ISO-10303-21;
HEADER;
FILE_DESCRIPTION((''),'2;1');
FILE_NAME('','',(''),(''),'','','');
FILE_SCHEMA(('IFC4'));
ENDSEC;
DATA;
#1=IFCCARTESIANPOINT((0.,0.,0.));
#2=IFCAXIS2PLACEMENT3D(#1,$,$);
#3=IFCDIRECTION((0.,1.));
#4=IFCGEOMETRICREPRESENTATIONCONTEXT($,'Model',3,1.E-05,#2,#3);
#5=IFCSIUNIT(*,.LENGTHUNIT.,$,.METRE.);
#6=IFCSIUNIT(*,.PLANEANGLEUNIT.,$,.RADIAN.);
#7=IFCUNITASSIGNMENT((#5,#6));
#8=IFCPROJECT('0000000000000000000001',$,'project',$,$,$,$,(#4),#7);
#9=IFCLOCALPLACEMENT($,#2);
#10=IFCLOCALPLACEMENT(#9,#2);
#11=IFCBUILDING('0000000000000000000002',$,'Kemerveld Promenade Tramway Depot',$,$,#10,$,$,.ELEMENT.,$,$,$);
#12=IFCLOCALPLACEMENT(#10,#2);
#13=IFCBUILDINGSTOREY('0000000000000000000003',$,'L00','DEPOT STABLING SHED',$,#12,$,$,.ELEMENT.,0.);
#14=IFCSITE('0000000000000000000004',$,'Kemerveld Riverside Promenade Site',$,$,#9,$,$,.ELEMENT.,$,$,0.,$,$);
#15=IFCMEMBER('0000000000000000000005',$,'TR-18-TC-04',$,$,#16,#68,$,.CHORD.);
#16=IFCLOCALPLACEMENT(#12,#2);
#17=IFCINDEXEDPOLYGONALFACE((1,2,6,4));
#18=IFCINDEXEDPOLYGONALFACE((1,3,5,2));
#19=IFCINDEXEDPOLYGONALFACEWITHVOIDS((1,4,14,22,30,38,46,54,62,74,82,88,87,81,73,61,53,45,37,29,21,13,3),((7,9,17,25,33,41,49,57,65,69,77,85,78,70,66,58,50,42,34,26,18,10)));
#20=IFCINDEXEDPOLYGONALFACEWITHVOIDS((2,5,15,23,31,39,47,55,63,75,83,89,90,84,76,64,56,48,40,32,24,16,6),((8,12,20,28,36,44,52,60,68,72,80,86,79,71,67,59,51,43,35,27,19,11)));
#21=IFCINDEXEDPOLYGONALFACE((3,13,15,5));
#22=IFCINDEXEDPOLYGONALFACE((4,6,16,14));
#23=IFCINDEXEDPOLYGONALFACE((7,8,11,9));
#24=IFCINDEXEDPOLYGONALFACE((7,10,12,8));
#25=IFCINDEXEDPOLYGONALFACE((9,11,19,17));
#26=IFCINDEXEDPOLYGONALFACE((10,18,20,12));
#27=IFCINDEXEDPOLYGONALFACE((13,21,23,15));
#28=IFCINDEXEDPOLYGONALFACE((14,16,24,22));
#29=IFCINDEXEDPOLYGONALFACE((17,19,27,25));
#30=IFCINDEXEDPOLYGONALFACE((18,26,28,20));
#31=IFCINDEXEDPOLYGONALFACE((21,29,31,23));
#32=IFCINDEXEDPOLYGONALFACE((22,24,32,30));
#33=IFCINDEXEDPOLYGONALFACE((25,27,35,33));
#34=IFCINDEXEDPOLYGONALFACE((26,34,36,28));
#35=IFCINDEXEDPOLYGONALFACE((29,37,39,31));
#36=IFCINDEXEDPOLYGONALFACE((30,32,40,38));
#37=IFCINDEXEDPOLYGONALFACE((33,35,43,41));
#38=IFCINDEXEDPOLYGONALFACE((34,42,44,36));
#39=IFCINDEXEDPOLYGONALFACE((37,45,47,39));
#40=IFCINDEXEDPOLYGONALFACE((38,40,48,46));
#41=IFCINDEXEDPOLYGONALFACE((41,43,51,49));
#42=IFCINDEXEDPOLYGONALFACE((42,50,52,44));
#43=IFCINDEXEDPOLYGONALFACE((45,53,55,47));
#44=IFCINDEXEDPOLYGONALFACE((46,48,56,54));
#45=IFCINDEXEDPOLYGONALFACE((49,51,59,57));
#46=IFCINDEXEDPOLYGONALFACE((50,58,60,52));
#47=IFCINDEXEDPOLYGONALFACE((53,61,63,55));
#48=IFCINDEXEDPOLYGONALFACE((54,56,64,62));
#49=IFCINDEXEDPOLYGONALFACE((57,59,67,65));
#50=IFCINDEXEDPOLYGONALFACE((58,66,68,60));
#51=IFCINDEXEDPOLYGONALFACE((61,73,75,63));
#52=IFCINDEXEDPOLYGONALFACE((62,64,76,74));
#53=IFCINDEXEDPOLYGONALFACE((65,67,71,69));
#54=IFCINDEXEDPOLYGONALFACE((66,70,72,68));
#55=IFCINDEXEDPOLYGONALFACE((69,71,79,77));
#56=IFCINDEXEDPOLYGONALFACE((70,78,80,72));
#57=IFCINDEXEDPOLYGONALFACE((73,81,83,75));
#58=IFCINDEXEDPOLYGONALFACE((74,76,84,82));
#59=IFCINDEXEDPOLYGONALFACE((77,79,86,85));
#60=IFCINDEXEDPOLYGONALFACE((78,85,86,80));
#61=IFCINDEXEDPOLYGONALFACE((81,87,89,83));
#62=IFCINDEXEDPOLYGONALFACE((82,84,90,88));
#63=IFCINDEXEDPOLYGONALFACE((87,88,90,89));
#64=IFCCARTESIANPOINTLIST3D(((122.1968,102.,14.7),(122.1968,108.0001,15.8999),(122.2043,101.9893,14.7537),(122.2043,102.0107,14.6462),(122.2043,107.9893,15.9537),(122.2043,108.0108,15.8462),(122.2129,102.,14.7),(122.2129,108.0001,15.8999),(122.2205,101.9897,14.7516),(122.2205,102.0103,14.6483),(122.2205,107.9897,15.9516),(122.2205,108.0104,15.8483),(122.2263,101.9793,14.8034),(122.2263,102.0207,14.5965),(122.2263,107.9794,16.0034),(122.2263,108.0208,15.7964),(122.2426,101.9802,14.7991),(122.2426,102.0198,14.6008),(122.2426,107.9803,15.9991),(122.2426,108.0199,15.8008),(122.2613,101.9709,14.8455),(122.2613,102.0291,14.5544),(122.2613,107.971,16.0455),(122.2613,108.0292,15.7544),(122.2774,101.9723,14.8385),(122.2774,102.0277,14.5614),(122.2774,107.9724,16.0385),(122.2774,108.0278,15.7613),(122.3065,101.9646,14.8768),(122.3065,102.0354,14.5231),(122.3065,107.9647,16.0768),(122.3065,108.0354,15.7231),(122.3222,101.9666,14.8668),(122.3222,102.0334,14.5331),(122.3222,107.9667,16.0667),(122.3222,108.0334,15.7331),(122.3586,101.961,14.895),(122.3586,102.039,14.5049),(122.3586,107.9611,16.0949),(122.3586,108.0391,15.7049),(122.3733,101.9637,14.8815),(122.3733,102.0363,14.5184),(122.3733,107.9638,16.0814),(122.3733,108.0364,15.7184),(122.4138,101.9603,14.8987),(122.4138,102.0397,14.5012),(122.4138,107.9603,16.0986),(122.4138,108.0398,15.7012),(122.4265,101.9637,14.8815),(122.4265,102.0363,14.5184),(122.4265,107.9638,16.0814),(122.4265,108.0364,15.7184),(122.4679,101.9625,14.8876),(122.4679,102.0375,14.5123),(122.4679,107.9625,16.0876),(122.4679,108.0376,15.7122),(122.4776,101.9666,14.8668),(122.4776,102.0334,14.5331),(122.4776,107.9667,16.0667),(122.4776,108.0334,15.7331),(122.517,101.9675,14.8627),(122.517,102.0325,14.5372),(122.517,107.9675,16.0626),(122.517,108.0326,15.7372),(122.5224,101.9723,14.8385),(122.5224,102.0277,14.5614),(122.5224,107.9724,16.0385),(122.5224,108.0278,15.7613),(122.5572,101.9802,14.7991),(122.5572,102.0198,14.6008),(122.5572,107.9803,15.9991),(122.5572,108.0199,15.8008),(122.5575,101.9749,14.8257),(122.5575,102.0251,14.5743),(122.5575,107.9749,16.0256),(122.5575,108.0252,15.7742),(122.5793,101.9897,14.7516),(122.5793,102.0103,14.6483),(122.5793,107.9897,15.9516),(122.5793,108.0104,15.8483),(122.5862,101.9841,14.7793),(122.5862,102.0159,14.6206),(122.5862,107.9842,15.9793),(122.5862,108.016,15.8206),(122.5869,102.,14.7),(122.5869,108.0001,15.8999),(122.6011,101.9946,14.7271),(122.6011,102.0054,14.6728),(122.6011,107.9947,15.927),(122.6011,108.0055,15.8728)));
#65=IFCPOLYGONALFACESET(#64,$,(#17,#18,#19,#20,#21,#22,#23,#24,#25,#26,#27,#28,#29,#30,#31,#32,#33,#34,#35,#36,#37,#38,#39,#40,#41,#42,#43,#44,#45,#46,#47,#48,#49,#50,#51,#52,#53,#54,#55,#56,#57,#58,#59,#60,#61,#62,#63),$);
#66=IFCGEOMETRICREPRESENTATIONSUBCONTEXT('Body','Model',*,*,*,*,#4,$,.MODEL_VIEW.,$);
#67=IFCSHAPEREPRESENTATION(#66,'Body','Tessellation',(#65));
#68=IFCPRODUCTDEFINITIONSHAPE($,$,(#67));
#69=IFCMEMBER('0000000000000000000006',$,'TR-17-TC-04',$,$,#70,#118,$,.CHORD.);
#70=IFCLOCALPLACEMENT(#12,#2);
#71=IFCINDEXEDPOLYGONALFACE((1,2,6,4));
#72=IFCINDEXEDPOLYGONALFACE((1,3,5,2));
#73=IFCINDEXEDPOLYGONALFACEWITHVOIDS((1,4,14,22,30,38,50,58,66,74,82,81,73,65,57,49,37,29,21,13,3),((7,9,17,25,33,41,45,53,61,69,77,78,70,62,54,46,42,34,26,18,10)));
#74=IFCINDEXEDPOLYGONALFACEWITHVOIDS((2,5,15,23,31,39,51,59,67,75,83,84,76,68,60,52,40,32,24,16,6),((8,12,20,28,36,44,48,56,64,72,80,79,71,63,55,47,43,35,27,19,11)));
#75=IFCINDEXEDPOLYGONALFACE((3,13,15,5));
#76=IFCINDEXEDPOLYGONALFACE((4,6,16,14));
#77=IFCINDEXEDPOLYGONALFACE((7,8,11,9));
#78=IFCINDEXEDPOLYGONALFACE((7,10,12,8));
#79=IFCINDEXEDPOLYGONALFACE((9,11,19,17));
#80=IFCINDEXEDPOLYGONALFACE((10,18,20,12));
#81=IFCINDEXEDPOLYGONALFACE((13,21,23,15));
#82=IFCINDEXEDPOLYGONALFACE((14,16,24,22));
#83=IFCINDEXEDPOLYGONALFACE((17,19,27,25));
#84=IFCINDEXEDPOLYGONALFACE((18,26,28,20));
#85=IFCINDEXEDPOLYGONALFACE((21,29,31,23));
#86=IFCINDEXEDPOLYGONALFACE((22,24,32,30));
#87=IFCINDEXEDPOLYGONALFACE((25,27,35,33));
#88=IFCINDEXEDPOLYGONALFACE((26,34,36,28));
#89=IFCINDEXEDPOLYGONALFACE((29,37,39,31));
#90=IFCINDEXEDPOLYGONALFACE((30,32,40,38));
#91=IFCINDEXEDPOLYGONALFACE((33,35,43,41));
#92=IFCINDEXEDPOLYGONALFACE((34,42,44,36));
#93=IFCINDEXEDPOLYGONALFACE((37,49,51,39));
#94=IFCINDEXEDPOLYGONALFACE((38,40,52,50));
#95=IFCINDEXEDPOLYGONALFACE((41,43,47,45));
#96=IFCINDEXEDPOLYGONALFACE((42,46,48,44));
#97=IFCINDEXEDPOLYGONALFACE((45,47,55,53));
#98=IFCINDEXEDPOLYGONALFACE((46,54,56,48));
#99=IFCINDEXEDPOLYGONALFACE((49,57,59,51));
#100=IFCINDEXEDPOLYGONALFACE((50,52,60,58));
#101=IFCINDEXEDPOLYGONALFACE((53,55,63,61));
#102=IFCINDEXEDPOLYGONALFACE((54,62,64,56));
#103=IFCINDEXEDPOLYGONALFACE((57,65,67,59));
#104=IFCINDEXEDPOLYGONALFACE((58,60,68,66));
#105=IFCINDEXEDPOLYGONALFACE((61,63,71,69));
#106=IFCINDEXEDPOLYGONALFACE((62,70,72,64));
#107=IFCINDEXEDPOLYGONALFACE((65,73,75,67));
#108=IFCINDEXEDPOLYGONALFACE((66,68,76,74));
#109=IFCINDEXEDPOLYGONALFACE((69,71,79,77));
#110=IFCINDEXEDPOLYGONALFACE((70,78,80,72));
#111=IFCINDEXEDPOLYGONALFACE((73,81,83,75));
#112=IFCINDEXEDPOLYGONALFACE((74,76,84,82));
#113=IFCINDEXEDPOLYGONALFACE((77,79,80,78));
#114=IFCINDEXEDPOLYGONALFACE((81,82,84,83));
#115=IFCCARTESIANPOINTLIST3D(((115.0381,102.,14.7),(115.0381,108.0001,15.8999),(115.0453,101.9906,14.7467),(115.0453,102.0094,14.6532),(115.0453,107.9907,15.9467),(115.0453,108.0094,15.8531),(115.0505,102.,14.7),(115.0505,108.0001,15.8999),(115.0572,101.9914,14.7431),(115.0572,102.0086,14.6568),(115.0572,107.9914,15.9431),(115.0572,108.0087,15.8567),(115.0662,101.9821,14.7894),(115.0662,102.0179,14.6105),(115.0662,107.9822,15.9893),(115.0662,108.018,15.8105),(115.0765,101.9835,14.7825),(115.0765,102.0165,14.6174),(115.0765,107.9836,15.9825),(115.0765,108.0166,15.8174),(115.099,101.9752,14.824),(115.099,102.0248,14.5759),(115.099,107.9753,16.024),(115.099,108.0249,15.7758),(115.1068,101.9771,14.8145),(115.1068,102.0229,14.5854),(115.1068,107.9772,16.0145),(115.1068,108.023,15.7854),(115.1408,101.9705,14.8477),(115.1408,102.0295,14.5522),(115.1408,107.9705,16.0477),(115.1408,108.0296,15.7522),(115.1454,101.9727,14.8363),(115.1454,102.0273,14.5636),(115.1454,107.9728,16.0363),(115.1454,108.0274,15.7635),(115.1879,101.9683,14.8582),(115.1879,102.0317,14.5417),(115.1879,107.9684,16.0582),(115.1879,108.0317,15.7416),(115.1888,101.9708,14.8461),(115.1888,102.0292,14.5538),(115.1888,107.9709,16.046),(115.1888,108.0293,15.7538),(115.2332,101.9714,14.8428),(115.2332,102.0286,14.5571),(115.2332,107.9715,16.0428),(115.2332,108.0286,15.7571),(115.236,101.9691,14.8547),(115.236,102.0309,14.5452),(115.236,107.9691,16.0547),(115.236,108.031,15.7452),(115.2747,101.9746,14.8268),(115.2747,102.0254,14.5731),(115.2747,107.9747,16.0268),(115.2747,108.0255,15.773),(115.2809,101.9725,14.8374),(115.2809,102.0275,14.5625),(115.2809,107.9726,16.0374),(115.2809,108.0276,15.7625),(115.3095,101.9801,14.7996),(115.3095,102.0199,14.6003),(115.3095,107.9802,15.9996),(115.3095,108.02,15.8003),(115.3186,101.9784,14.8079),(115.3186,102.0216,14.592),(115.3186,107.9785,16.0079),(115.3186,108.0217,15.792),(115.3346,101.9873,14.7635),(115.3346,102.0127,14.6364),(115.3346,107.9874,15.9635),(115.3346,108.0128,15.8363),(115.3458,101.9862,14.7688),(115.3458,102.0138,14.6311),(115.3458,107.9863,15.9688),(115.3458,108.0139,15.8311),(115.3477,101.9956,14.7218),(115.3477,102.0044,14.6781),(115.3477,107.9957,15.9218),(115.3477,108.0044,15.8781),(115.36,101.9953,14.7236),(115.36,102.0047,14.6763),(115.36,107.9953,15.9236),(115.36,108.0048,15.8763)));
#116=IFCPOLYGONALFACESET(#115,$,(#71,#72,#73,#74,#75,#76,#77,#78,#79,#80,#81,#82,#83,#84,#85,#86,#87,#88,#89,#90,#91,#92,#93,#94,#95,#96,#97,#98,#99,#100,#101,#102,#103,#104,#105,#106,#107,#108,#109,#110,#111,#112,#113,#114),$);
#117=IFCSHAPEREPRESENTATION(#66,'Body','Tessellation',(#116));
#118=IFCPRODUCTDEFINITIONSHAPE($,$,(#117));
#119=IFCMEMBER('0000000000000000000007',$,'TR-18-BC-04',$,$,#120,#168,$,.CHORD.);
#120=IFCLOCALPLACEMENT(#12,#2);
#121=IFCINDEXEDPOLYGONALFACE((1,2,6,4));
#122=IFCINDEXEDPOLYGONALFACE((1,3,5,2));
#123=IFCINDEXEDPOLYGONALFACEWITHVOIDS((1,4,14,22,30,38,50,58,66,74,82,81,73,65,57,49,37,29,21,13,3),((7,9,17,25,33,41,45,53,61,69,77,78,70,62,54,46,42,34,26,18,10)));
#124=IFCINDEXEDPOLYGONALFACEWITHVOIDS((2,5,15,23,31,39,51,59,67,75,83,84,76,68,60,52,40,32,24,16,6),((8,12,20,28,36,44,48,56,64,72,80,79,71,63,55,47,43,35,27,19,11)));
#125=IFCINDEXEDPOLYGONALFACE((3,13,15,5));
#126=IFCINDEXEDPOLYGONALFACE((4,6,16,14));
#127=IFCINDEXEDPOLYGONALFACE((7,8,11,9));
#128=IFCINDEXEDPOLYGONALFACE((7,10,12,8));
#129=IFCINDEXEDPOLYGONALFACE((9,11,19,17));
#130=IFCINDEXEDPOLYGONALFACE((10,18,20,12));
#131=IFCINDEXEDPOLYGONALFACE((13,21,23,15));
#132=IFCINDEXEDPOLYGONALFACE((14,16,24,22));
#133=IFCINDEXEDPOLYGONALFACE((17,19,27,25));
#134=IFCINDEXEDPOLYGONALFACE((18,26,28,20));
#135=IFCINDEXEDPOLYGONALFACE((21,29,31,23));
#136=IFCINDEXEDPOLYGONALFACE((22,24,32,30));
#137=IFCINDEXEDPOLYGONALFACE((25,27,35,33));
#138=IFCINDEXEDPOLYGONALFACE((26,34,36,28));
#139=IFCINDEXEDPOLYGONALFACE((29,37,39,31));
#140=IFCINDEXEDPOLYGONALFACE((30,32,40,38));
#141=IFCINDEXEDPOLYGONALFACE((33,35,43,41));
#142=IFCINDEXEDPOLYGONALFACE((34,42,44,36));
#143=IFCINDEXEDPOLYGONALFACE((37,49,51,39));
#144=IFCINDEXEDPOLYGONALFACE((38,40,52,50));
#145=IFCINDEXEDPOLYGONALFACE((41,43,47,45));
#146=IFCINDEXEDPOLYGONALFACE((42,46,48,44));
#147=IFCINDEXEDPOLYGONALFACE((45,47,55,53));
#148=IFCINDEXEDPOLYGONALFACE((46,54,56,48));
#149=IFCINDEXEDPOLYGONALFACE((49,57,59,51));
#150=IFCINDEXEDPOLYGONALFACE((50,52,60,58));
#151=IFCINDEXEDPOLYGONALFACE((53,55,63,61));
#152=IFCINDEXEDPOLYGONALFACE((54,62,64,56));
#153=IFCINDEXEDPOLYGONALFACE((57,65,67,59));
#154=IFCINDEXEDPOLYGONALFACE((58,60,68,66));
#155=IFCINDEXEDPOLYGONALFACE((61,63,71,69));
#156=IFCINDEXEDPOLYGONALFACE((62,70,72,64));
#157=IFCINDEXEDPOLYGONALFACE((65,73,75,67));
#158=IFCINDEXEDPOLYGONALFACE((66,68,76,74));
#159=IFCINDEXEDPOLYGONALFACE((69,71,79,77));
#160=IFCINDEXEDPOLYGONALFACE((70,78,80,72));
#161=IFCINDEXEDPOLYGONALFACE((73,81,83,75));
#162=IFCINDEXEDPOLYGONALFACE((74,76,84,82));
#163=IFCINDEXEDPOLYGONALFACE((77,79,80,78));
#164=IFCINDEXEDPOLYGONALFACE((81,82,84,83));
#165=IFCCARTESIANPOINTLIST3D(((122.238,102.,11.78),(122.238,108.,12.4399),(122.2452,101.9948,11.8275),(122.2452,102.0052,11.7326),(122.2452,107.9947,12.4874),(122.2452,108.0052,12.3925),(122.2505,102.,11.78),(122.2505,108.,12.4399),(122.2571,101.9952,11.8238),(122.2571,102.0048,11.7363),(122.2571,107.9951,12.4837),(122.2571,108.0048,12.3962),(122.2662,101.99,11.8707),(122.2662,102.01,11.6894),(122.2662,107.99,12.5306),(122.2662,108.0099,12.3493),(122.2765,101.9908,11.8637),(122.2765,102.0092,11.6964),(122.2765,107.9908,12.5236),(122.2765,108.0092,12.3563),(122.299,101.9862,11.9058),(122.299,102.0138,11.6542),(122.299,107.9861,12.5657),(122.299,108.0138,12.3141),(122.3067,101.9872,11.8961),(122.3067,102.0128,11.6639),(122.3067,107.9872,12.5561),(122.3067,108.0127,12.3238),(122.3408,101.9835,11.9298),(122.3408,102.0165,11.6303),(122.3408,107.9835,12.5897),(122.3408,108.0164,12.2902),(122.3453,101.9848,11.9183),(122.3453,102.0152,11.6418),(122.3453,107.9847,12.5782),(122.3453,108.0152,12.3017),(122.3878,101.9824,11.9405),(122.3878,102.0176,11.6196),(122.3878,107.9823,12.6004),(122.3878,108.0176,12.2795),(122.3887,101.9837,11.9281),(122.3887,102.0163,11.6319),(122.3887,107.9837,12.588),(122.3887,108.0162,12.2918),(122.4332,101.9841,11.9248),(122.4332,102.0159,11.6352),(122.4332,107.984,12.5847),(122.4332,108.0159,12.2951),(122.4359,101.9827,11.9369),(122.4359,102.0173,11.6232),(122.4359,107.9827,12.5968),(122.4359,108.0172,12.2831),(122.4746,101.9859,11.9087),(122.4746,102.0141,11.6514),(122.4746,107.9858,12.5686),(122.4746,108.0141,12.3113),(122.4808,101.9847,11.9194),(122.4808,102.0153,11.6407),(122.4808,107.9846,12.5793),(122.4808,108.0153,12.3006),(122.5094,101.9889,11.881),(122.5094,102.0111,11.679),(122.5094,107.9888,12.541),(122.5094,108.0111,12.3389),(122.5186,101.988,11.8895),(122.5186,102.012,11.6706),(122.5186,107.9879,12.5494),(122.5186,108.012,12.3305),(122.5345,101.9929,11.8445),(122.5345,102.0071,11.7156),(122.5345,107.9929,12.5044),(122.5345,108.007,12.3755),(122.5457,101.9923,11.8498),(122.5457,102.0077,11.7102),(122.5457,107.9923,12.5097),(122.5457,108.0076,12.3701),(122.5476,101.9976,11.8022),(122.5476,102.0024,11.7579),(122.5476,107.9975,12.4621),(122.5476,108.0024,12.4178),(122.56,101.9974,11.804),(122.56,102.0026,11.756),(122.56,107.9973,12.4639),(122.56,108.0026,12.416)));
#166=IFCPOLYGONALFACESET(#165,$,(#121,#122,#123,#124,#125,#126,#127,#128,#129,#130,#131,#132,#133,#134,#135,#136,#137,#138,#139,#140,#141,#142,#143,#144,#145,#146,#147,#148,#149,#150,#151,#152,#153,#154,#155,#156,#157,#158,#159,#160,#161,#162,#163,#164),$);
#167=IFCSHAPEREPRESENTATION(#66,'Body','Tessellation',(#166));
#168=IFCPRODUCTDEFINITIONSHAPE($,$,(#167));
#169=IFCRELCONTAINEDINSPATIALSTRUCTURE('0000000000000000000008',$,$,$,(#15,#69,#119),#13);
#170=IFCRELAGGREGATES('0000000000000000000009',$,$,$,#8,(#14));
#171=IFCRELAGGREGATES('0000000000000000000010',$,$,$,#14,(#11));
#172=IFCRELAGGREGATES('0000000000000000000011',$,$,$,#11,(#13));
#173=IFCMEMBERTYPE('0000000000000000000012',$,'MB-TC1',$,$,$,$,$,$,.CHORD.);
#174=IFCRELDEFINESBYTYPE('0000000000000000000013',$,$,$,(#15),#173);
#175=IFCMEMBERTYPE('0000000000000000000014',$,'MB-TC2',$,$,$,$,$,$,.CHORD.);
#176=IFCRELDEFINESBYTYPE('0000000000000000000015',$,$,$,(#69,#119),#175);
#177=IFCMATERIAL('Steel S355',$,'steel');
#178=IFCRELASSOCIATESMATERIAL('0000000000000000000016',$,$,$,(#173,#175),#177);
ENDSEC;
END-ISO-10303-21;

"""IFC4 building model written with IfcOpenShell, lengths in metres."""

from ifc_helpers import new_model, si_unit, direction, frame, origin, origin_2d, place, context, subcontext, project, spatial, hollow_circle, extrude, material, material_profile, profile_set, type_object, element, save


model = new_model("IFC4")

# Units and contexts
model_context = context("Model", 3, precision=1e-05, world=origin(), true_north=direction((0.0, 1.0)))
body_context = subcontext(model_context, "Body", "Model", "MODEL_VIEW")
ifc_project = project(units=[si_unit("LENGTHUNIT", "METRE"), si_unit("PLANEANGLEUNIT", "RADIAN")], contexts=[model_context])

# Site, building, storey
site_placement = place(None, origin())
site = spatial("IfcSite", under=ifc_project, at=site_placement, Name="Kemerveld Riverside Promenade Site", CompositionType="ELEMENT", RefElevation=0.0)
building_placement = place(site_placement, origin())
building = spatial("IfcBuilding", under=site, at=building_placement, Name="Kemerveld Promenade Tramway Depot", CompositionType="ELEMENT")
storey_placement = place(building_placement, origin())
storey = spatial("IfcBuildingStorey", under=building, at=storey_placement, Name="L00", Description="DEPOT STABLING SHED", CompositionType="ELEMENT", Elevation=0.0)

# Members
ifc_material_1 = material(Name="Steel S355", Category="steel")
ifc_material_profile_1 = material_profile(ifc_material_1, hollow_circle(Radius=0.2031, WallThickness=0.0161, at=origin_2d()), Name="406.4x16.0 CHS")
ifc_profile_set_1 = profile_set([ifc_material_profile_1], Name="Steel S355")
member_type_1 = type_object("IfcMemberType", Name="MB-TC1", PredefinedType="CHORD", material=ifc_profile_set_1)
member_1_placement = place(storey_placement, frame((122.3999, 102.0, 14.7), z_axis=(0.0, 0.980582, 0.196108), x_axis=(-1.0, 0.0, 0.0)))
element("IfcMember", 1, at=member_1_placement, inside=storey, type_object=member_type_1, Name="TR-18-TC-04", PredefinedType="CHORD", context=body_context, shape_type="SweptSolid", body=[
    extrude(hollow_circle(Radius=0.2031, WallThickness=0.0161, at=origin_2d()), origin(), (0.0, 0.0, 1.0), 6.1189),
])
ifc_material_profile_2 = material_profile(ifc_material_1, hollow_circle(Radius=0.1619, WallThickness=0.0125, at=origin_2d()), Name="323.9x12.5 CHS")
ifc_profile_set_2 = profile_set([ifc_material_profile_2], Name="Steel S355")
member_type_2 = type_object("IfcMemberType", Name="MB-TC2", PredefinedType="CHORD", material=ifc_profile_set_2)
member_2_placement = place(storey_placement, frame((115.2, 102.0, 14.7), z_axis=(0.0, 0.980582, 0.196108), x_axis=(-1.0, 0.0, 0.0)))
element("IfcMember", 2, at=member_2_placement, inside=storey, type_object=member_type_2, Name="TR-17-TC-04", PredefinedType="CHORD", context=body_context, shape_type="SweptSolid", body=[
    extrude(hollow_circle(Radius=0.1619, WallThickness=0.0125, at=origin_2d()), origin(), (0.0, 0.0, 1.0), 6.1189),
])
member_3_placement = place(storey_placement, frame((122.3999, 102.0, 11.78), z_axis=(0.0, 0.994006, 0.109326), x_axis=(-1.0, 0.0, 0.0)))
element("IfcMember", 3, at=member_3_placement, inside=storey, type_object=member_type_2, Name="TR-18-BC-04", PredefinedType="CHORD", context=body_context, shape_type="SweptSolid", body=[
    extrude(hollow_circle(Radius=0.1619, WallThickness=0.0125, at=origin_2d()), origin(), (0.0, 0.0, 1.0), 6.0361),
])

save(model, "model.ifc")
